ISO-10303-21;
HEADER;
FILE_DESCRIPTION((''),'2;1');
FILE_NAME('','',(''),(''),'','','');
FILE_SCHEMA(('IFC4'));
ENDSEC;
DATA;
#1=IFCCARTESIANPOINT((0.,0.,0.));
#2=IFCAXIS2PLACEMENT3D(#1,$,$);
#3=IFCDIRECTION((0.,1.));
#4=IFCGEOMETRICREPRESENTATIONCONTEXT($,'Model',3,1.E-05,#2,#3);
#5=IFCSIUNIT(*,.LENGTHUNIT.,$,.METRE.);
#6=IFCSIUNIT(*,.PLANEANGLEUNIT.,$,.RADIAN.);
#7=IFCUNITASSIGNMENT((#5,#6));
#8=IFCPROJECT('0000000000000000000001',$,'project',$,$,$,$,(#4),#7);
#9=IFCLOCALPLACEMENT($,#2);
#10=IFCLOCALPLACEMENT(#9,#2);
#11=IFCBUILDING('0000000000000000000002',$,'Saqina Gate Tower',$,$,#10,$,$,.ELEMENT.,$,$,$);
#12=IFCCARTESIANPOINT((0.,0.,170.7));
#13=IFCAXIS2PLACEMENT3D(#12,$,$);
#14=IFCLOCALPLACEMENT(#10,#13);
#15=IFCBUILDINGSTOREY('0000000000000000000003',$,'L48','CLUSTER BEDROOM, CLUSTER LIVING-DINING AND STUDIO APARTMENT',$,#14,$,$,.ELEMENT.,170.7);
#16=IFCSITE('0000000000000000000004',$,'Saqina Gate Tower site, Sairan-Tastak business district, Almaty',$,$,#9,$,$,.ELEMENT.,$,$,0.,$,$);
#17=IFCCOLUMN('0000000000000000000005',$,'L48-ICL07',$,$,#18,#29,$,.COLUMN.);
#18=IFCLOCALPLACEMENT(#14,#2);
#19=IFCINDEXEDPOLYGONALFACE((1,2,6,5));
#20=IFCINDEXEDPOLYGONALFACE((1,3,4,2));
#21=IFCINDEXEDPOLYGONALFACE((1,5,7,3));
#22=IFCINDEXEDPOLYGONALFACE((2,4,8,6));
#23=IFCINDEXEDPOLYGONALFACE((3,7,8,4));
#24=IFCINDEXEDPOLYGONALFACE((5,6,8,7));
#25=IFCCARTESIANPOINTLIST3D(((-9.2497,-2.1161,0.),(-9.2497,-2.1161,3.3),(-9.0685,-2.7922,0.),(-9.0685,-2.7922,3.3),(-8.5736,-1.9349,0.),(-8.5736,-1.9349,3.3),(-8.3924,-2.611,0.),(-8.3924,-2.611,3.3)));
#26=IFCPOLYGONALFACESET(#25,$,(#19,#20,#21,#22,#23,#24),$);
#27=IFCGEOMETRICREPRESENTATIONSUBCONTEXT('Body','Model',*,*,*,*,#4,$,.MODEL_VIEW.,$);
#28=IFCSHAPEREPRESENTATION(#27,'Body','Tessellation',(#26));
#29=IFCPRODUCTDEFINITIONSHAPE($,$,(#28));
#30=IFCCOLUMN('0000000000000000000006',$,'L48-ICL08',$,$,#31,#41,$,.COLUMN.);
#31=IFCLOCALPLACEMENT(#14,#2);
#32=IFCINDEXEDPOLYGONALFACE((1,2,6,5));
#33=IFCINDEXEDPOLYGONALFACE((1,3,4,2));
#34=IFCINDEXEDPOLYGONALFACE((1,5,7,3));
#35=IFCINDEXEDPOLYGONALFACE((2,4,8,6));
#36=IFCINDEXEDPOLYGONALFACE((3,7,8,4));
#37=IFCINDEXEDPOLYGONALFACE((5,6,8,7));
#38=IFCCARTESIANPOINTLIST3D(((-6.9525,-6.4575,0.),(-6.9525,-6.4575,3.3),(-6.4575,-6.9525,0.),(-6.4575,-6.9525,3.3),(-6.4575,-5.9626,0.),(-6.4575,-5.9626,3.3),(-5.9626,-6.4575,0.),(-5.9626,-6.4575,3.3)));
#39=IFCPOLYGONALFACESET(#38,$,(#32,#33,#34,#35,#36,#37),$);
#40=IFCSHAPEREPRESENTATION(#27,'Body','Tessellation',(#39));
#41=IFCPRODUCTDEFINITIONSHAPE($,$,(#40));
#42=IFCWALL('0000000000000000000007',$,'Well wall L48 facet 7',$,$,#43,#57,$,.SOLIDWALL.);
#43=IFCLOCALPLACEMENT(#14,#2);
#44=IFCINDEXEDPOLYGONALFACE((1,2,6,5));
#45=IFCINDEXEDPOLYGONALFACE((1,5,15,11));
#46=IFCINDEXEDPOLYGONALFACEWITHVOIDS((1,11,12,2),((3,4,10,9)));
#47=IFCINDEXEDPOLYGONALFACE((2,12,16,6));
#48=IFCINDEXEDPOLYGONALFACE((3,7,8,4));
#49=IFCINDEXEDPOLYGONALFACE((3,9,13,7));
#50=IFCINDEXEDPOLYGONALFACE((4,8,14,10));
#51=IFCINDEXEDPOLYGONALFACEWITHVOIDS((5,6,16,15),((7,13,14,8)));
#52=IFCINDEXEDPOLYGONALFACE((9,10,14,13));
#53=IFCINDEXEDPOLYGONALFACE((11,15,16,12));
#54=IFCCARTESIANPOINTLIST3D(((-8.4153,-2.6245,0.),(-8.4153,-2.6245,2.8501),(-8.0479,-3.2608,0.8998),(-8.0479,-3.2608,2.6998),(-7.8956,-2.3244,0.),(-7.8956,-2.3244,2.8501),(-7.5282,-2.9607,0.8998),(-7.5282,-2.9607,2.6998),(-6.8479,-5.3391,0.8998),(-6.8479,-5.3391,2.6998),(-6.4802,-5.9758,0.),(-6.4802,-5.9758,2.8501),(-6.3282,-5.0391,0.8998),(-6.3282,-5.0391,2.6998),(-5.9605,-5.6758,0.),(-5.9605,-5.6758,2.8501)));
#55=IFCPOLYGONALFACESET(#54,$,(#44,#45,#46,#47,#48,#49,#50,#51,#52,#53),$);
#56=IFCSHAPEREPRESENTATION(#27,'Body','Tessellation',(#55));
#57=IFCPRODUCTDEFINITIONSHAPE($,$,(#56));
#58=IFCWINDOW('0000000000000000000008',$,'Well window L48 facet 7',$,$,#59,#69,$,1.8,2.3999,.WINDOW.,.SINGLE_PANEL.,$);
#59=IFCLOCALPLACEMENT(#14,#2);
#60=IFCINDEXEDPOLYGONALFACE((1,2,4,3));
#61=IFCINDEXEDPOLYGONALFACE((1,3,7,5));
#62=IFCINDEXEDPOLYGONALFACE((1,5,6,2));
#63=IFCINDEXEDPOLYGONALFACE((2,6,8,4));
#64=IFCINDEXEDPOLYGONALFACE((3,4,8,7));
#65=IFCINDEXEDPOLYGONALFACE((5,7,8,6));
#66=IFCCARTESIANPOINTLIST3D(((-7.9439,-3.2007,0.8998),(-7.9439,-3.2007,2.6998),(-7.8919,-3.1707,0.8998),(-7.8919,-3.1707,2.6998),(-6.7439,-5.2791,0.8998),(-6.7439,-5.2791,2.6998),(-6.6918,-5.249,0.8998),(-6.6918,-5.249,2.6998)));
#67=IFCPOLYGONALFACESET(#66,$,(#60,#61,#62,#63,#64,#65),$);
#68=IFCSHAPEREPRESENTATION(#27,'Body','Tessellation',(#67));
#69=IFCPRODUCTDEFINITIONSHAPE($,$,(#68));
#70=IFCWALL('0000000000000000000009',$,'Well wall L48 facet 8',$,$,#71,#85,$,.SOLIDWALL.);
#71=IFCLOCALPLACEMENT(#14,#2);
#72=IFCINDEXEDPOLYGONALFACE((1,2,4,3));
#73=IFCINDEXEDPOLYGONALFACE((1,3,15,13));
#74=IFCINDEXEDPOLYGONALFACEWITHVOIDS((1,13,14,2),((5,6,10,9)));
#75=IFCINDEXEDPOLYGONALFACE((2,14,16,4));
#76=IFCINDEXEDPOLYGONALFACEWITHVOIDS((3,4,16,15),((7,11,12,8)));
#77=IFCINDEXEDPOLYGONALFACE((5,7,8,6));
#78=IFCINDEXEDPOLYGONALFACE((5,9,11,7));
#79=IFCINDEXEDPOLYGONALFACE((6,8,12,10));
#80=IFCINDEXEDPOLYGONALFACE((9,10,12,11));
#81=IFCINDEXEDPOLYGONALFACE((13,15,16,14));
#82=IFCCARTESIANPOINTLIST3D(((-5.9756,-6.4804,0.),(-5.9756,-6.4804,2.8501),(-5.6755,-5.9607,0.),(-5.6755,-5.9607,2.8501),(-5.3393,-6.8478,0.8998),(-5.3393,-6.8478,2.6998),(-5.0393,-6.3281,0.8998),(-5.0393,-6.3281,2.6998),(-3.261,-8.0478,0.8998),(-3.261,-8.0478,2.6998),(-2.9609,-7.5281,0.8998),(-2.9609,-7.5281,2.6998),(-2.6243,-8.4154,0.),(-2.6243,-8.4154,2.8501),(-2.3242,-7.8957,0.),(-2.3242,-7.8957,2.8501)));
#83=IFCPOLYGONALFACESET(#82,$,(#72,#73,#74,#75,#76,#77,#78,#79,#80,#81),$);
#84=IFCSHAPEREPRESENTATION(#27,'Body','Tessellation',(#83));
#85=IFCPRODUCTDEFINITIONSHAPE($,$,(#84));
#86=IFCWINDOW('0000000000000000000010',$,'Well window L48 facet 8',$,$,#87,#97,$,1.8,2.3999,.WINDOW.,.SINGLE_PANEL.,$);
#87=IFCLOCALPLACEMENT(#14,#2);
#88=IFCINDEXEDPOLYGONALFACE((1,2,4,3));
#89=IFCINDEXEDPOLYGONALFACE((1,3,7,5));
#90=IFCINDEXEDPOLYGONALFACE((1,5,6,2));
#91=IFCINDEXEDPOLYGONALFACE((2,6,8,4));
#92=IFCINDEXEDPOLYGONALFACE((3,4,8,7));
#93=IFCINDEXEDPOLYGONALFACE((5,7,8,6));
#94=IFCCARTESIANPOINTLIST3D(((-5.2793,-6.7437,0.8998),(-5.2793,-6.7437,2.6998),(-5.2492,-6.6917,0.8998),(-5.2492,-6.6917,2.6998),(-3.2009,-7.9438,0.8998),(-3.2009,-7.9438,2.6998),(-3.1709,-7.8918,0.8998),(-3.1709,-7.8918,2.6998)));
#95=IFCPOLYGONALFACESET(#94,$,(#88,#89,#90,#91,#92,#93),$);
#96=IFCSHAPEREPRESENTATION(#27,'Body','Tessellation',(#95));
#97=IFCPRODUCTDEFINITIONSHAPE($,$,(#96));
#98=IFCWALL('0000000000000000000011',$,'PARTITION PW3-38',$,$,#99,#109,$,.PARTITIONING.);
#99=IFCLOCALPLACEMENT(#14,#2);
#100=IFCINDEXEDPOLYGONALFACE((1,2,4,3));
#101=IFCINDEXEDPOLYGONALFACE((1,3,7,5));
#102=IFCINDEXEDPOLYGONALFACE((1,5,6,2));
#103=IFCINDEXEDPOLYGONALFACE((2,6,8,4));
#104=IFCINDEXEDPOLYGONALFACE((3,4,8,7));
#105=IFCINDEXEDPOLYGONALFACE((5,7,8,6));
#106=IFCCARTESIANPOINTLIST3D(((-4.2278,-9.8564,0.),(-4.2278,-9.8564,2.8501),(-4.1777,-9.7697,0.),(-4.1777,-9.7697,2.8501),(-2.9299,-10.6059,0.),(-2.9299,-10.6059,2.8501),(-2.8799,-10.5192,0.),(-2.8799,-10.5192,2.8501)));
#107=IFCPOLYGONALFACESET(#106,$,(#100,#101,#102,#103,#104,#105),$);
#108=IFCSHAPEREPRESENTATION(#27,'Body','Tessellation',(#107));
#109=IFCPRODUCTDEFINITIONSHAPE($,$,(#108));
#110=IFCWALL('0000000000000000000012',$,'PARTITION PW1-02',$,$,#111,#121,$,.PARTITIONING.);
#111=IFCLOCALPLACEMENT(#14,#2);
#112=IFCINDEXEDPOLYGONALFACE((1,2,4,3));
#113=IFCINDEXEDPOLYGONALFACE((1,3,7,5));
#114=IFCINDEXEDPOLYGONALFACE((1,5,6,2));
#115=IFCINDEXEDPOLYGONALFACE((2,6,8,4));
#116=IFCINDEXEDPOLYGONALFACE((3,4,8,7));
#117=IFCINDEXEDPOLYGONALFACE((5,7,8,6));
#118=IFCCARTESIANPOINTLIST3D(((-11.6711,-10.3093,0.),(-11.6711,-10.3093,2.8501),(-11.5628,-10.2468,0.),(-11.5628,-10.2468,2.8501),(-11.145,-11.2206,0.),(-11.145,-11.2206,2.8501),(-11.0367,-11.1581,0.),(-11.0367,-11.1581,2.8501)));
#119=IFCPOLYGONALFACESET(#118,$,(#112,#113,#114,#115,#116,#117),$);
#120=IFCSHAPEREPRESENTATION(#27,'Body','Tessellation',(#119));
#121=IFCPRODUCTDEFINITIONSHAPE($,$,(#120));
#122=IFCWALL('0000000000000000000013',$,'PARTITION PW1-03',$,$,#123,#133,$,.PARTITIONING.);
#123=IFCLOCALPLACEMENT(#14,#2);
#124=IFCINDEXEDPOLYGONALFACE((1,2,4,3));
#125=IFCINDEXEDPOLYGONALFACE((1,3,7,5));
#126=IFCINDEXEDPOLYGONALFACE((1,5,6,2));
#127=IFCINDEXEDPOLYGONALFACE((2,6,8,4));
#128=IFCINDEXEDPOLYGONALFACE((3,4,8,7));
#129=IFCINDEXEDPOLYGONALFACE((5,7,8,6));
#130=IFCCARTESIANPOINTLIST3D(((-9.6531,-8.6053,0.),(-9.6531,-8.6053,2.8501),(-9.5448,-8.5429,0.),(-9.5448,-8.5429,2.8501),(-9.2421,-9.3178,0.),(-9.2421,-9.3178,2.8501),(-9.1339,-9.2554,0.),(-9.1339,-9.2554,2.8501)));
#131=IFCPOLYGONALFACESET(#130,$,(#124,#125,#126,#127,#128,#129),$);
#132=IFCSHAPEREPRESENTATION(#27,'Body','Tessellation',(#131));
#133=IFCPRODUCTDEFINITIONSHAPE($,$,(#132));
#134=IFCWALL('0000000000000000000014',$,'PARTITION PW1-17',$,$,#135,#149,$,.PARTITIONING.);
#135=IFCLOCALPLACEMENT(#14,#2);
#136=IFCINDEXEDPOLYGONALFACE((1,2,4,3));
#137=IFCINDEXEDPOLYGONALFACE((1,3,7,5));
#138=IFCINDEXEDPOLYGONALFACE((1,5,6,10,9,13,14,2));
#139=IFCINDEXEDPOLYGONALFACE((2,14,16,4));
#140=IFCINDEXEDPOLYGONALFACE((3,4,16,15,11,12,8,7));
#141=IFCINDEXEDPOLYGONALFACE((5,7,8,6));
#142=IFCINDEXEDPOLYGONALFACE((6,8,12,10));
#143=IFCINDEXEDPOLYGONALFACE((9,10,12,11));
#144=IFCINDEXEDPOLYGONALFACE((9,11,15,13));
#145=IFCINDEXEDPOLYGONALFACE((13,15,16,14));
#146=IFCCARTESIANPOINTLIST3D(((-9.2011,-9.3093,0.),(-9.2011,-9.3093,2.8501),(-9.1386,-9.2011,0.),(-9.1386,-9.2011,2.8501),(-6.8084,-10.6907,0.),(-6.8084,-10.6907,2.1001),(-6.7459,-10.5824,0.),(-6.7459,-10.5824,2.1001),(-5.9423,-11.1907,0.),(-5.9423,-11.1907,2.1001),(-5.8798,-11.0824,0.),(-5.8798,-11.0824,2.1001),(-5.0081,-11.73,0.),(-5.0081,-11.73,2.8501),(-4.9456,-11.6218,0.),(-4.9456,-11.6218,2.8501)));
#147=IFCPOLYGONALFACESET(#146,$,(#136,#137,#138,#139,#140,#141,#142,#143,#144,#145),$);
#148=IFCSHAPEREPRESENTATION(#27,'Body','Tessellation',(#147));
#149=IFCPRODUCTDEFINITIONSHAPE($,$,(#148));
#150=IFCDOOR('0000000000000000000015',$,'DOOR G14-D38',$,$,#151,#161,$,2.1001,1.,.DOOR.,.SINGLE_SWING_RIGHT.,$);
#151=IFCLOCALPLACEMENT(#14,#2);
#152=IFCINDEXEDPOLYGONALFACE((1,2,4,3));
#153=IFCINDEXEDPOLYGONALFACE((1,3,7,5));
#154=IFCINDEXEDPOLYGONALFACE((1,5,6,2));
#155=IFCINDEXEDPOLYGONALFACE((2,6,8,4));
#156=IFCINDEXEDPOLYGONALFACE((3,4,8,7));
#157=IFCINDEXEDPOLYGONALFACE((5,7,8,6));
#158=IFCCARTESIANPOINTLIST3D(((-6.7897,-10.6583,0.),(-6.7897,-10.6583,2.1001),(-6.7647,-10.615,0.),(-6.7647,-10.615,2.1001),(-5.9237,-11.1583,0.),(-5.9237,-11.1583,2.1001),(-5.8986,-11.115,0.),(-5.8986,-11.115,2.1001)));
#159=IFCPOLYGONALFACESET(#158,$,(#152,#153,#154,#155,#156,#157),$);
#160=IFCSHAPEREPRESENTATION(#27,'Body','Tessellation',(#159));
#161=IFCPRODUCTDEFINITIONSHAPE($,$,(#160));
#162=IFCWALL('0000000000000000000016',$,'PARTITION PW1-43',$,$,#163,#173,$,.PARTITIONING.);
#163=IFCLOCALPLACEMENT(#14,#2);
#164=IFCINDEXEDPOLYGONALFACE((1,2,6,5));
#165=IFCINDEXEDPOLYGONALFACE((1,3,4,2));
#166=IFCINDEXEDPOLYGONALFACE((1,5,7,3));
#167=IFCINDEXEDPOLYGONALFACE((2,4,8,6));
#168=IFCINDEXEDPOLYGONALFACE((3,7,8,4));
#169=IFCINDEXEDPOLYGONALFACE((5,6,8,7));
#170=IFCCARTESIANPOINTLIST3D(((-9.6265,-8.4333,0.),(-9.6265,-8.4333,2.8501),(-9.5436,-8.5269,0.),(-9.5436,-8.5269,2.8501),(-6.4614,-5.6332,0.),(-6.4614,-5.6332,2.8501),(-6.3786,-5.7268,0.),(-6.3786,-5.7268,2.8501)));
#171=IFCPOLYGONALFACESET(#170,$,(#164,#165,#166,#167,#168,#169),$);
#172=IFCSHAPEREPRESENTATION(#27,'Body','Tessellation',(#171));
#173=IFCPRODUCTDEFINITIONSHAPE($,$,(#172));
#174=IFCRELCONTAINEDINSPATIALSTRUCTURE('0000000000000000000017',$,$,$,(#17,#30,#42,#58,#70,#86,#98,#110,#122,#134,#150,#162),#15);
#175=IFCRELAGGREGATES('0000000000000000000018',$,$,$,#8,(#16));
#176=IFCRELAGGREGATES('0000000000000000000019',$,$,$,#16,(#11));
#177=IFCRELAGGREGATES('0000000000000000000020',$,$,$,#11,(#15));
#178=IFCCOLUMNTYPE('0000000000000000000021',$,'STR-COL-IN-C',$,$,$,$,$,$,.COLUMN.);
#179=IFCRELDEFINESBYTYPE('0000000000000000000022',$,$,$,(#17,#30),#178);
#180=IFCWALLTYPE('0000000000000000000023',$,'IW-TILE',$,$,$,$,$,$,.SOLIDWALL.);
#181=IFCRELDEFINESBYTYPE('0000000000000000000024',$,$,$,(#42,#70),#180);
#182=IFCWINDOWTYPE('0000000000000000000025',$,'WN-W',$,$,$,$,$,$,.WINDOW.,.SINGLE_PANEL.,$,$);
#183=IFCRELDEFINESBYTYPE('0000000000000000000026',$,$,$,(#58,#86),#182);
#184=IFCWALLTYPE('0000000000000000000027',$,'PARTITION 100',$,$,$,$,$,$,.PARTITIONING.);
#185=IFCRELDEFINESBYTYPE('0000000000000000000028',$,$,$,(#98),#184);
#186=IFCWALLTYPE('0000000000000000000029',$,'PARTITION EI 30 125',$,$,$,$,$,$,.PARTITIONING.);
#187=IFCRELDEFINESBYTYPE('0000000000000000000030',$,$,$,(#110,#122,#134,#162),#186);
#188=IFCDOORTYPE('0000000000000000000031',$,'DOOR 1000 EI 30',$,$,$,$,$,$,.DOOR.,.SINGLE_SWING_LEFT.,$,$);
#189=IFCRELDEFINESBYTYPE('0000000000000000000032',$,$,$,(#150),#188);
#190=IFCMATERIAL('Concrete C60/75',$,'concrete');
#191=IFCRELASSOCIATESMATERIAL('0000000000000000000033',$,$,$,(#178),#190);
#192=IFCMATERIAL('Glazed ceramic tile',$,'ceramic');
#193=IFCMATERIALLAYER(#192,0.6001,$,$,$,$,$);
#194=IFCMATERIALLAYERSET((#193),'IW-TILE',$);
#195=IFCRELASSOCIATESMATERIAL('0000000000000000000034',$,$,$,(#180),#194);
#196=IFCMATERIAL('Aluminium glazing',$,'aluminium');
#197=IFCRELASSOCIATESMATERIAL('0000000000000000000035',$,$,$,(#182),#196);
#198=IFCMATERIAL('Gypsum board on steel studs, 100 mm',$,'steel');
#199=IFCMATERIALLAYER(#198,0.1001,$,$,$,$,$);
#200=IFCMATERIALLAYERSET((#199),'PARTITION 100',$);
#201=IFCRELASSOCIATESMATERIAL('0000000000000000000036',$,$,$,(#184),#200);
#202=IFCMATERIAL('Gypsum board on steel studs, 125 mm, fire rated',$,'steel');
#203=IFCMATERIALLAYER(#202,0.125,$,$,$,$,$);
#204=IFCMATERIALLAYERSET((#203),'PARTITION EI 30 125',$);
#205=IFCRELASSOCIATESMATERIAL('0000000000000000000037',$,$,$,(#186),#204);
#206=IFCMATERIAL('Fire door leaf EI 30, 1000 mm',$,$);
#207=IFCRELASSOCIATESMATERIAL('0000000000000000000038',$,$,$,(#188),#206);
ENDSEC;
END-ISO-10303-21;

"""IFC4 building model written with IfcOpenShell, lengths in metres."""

from ifc_helpers import new_model, si_unit, direction, frame, frame_2d, origin, origin_2d, place, context, subcontext, project, spatial, rectangle, extrude, material, layer, layer_set, material_profile, profile_set, type_object, element, fill, save


model = new_model("IFC4")

# Units and contexts
model_context = context("Model", 3, precision=1e-05, world=origin(), true_north=direction((0.0, 1.0)))
body_context = subcontext(model_context, "Body", "Model", "MODEL_VIEW")
ifc_project = project(units=[si_unit("LENGTHUNIT", "METRE"), si_unit("PLANEANGLEUNIT", "RADIAN")], contexts=[model_context])

# Site, building, storey
site_placement = place(None, origin())
site = spatial("IfcSite", under=ifc_project, at=site_placement, Name="Saqina Gate Tower site, Sairan-Tastak business district, Almaty", CompositionType="ELEMENT", RefElevation=0.0)
building_placement = place(site_placement, origin())
building = spatial("IfcBuilding", under=site, at=building_placement, Name="Saqina Gate Tower", CompositionType="ELEMENT")
storey_placement = place(building_placement, frame((0.0, 0.0, 170.7)))
storey = spatial("IfcBuildingStorey", under=building, at=storey_placement, Name="L48", Description="CLUSTER BEDROOM, CLUSTER LIVING-DINING AND STUDIO APARTMENT", CompositionType="ELEMENT", Elevation=170.7)

# Columns
ifc_material_1 = material(Name="Concrete C60/75", Category="concrete")
ifc_material_profile = material_profile(ifc_material_1, rectangle(XDim=0.7, YDim=0.7, at=origin_2d()), Name="RC 700x700")
ifc_profile_set = profile_set([ifc_material_profile], Name="Concrete C60/75")
column_type = type_object("IfcColumnType", Name="STR-COL-IN-C", PredefinedType="COLUMN", material=ifc_profile_set)
for number, where, z_axis, x_axis, name in (
    (1, (-8.821, -2.3635, 0.0), (0.0, 0.0, 1.0), (-0.965926, -0.258819, 0.0), "L48-ICL07"),
    (2, (-6.4575, -6.4575, 0.0), (0.0, 0.0, 1.0), (-0.707107, -0.707107, 0.0), "L48-ICL08"),
):
    element("IfcColumn", number, at=place(storey_placement, frame(where, z_axis=z_axis, x_axis=x_axis)), inside=storey, type_object=column_type, Name=name, PredefinedType="COLUMN", context=body_context, shape_type="SweptSolid", body=[
        extrude(rectangle(XDim=0.7, YDim=0.7, at=origin_2d()), origin(), (0.0, 0.0, 1.0), 3.3),
    ])

# Walls, openings, windows
ifc_material_2 = material(Name="Glazed ceramic tile", Category="ceramic")
ifc_layer_1 = layer(ifc_material_2, 0.6001)
ifc_layer_set_1 = layer_set([ifc_layer_1], Name="IW-TILE")
wall_type_1 = type_object("IfcWallType", Name="IW-TILE", PredefinedType="SOLIDWALL", material=ifc_layer_set_1)
wall_1_placement = place(storey_placement, frame((-8.1555, -2.4744, 0.0), z_axis=(0.0, 0.0, 1.0), x_axis=(0.500034, -0.866006, 0.0)))
wall_1 = element("IfcWall", 3, at=wall_1_placement, inside=storey, type_object=wall_type_1, Name="Well wall L48 facet 7", PredefinedType="SOLIDWALL", context=body_context, shape_type="SweptSolid", body=[
    extrude(rectangle(XDim=3.8699, YDim=0.6001, at=frame_2d((1.9351, 0.0))), origin(), (0.0, 0.0, 1.0), 2.8501),
])
opening_1_placement = place(wall_1_placement, frame((0.7349, 0.0, 0.8999)))
opening_1 = element("IfcOpeningElement", 4, at=opening_1_placement, cuts=wall_1, PredefinedType="OPENING", context=body_context, shape_type="SweptSolid", body=[
    extrude(rectangle(XDim=2.3999, YDim=1.8, at=frame_2d((1.2, 0.8999))), frame((0.0, 0.312, 0.0), z_axis=(0.0, -1.0, 0.0), x_axis=(1.0, 0.0, 0.0)), (0.0, 0.0, 1.0), 0.624),
])
ifc_material_3 = material(Name="Aluminium glazing", Category="aluminium")
window_type = type_object("IfcWindowType", Name="WN-W", PartitioningType="SINGLE_PANEL", PredefinedType="WINDOW", material=ifc_material_3)
window_1_placement = place(opening_1_placement, origin())
window_1 = element("IfcWindow", 5, at=window_1_placement, inside=storey, type_object=window_type, Name="Well window L48 facet 7", OverallHeight=1.8, OverallWidth=2.3999, PartitioningType="SINGLE_PANEL", PredefinedType="WINDOW", context=body_context, shape_type="SweptSolid", body=[
    extrude(rectangle(XDim=2.3999, YDim=1.8, at=frame_2d((1.2, 0.8999))), frame((0.0, -0.1199, 0.0), z_axis=(0.0, -1.0, 0.0), x_axis=(1.0, 0.0, 0.0)), (0.0, 0.0, 1.0), 0.0601),
])
fill(opening_1, window_1)
wall_2_placement = place(storey_placement, frame((-5.8257, -6.2205, 0.0), z_axis=(0.0, 0.0, 1.0), x_axis=(0.866006, -0.500034, 0.0)))
wall_2 = element("IfcWall", 6, at=wall_2_placement, inside=storey, type_object=wall_type_1, Name="Well wall L48 facet 8", PredefinedType="SOLIDWALL", context=body_context, shape_type="SweptSolid", body=[
    extrude(rectangle(XDim=3.8699, YDim=0.6001, at=frame_2d((1.9351, 0.0))), origin(), (0.0, 0.0, 1.0), 2.8501),
])
opening_2_placement = place(wall_2_placement, frame((0.7349, 0.0, 0.8999)))
opening_2 = element("IfcOpeningElement", 7, at=opening_2_placement, cuts=wall_2, PredefinedType="OPENING", context=body_context, shape_type="SweptSolid", body=[
    extrude(rectangle(XDim=2.3999, YDim=1.8, at=frame_2d((1.2, 0.8999))), frame((0.0, 0.312, 0.0), z_axis=(0.0, -1.0, 0.0), x_axis=(1.0, 0.0, 0.0)), (0.0, 0.0, 1.0), 0.624),
])
window_2_placement = place(opening_2_placement, origin())
window_2 = element("IfcWindow", 8, at=window_2_placement, inside=storey, type_object=window_type, Name="Well window L48 facet 8", OverallHeight=1.8, OverallWidth=2.3999, PartitioningType="SINGLE_PANEL", PredefinedType="WINDOW", context=body_context, shape_type="SweptSolid", body=[
    extrude(rectangle(XDim=2.3999, YDim=1.8, at=frame_2d((1.2, 0.8999))), frame((0.0, -0.1199, 0.0), z_axis=(0.0, -1.0, 0.0), x_axis=(1.0, 0.0, 0.0)), (0.0, 0.0, 1.0), 0.0601),
])
fill(opening_2, window_2)

# Walls
ifc_material_4 = material(Name="Gypsum board on steel studs, 100 mm", Category="steel")
ifc_layer_2 = layer(ifc_material_4, 0.1001)
ifc_layer_set_2 = layer_set([ifc_layer_2], Name="PARTITION 100")
wall_type_2 = type_object("IfcWallType", Name="PARTITION 100", PredefinedType="PARTITIONING", material=ifc_layer_set_2)
wall_3_placement = place(storey_placement, frame((-4.2029, -9.813, 0.0), z_axis=(0.0, 0.0, 1.0), x_axis=(0.865969, -0.500098, 0.0)))
element("IfcWall", 9, at=wall_3_placement, inside=storey, type_object=wall_type_2, Name="PARTITION PW3-38", PredefinedType="PARTITIONING", context=body_context, shape_type="SweptSolid", body=[
    extrude(rectangle(XDim=1.4988, YDim=0.1001, at=frame_2d((0.7495, 0.0))), origin(), (0.0, 0.0, 1.0), 2.8501),
])
ifc_material_5 = material(Name="Gypsum board on steel studs, 125 mm, fire rated", Category="steel")
ifc_layer_3 = layer(ifc_material_5, 0.125)
ifc_layer_set_3 = layer_set([ifc_layer_3], Name="PARTITION EI 30 125")
wall_type_3 = type_object("IfcWallType", Name="PARTITION EI 30 125", PredefinedType="PARTITIONING", material=ifc_layer_set_3)
wall_4_placement = place(storey_placement, frame((-11.6169, -10.2781, 0.0), z_axis=(0.0, 0.0, 1.0), x_axis=(0.499957, -0.86605, 0.0)))
element("IfcWall", 10, at=wall_4_placement, inside=storey, type_object=wall_type_3, Name="PARTITION PW1-02", PredefinedType="PARTITIONING", context=body_context, shape_type="SweptSolid", body=[
    extrude(rectangle(XDim=1.0522, YDim=0.125, at=frame_2d((0.5261, 0.0))), origin(), (0.0, 0.0, 1.0), 2.8501),
])
wall_5_placement = place(storey_placement, frame((-9.5989, -8.5742, 0.0), z_axis=(0.0, 0.0, 1.0), x_axis=(0.49962, -0.866245, 0.0)))
element("IfcWall", 11, at=wall_5_placement, inside=storey, type_object=wall_type_3, Name="PARTITION PW1-03", PredefinedType="PARTITIONING", context=body_context, shape_type="SweptSolid", body=[
    extrude(rectangle(XDim=0.8225, YDim=0.125, at=frame_2d((0.4111, 0.0))), origin(), (0.0, 0.0, 1.0), 2.8501),
])

# Wall, opening, door
wall_6_placement = place(storey_placement, frame((-9.1699, -9.2551, 0.0), z_axis=(0.0, 0.0, 1.0), x_axis=(0.866034, -0.499984, 0.0)))
wall_6 = element("IfcWall", 12, at=wall_6_placement, inside=storey, type_object=wall_type_3, Name="PARTITION PW1-17", PredefinedType="PARTITIONING", context=body_context, shape_type="SweptSolid", body=[
    extrude(rectangle(XDim=4.8416, YDim=0.125, at=frame_2d((2.4209, 0.0))), origin(), (0.0, 0.0, 1.0), 2.8501),
])
opening_3_placement = place(wall_6_placement, frame((2.7629, 0.0, 0.0)))
opening_3 = element("IfcOpeningElement", 13, at=opening_3_placement, cuts=wall_6, PredefinedType="OPENING", context=body_context, shape_type="SweptSolid", body=[
    extrude(rectangle(XDim=1.0, YDim=2.1001, at=frame_2d((0.5, 1.05))), frame((0.0, 0.0745, 0.0), z_axis=(0.0, -1.0, 0.0), x_axis=(1.0, 0.0, 0.0)), (0.0, 0.0, 1.0), 0.1489),
])
ifc_material_6 = material(Name="Fire door leaf EI 30, 1000 mm")
door_type_1 = type_object("IfcDoorType", Name="DOOR 1000 EI 30", OperationType="SINGLE_SWING_LEFT", PredefinedType="DOOR", material=ifc_material_6)
door_1_placement = place(opening_3_placement, origin())
door_1 = element("IfcDoor", 14, at=door_1_placement, inside=storey, type_object=door_type_1, Name="DOOR G14-D38", OperationType="SINGLE_SWING_RIGHT", OverallHeight=2.1001, OverallWidth=1.0, PredefinedType="DOOR", context=body_context, shape_type="SweptSolid", body=[
    extrude(rectangle(XDim=1.0, YDim=2.1001, at=frame_2d((0.5, 1.05))), frame((0.0, 0.0249, 0.0), z_axis=(0.0, -1.0, 0.0), x_axis=(1.0, 0.0, 0.0)), (0.0, 0.0, 1.0), 0.05),
])
fill(opening_3, door_1)

# Wall
wall_7_placement = place(storey_placement, frame((-9.585, -8.48, 0.0), z_axis=(0.0, 0.0, 1.0), x_axis=(0.748972, 0.662601, 0.0)))
element("IfcWall", 15, at=wall_7_placement, inside=storey, type_object=wall_type_3, Name="PARTITION PW1-43", PredefinedType="PARTITIONING", context=body_context, shape_type="SweptSolid", body=[
    extrude(rectangle(XDim=4.2258, YDim=0.125, at=frame_2d((2.1128, 0.0))), origin(), (0.0, 0.0, 1.0), 2.8501),
])

save(model, "model.ifc")
